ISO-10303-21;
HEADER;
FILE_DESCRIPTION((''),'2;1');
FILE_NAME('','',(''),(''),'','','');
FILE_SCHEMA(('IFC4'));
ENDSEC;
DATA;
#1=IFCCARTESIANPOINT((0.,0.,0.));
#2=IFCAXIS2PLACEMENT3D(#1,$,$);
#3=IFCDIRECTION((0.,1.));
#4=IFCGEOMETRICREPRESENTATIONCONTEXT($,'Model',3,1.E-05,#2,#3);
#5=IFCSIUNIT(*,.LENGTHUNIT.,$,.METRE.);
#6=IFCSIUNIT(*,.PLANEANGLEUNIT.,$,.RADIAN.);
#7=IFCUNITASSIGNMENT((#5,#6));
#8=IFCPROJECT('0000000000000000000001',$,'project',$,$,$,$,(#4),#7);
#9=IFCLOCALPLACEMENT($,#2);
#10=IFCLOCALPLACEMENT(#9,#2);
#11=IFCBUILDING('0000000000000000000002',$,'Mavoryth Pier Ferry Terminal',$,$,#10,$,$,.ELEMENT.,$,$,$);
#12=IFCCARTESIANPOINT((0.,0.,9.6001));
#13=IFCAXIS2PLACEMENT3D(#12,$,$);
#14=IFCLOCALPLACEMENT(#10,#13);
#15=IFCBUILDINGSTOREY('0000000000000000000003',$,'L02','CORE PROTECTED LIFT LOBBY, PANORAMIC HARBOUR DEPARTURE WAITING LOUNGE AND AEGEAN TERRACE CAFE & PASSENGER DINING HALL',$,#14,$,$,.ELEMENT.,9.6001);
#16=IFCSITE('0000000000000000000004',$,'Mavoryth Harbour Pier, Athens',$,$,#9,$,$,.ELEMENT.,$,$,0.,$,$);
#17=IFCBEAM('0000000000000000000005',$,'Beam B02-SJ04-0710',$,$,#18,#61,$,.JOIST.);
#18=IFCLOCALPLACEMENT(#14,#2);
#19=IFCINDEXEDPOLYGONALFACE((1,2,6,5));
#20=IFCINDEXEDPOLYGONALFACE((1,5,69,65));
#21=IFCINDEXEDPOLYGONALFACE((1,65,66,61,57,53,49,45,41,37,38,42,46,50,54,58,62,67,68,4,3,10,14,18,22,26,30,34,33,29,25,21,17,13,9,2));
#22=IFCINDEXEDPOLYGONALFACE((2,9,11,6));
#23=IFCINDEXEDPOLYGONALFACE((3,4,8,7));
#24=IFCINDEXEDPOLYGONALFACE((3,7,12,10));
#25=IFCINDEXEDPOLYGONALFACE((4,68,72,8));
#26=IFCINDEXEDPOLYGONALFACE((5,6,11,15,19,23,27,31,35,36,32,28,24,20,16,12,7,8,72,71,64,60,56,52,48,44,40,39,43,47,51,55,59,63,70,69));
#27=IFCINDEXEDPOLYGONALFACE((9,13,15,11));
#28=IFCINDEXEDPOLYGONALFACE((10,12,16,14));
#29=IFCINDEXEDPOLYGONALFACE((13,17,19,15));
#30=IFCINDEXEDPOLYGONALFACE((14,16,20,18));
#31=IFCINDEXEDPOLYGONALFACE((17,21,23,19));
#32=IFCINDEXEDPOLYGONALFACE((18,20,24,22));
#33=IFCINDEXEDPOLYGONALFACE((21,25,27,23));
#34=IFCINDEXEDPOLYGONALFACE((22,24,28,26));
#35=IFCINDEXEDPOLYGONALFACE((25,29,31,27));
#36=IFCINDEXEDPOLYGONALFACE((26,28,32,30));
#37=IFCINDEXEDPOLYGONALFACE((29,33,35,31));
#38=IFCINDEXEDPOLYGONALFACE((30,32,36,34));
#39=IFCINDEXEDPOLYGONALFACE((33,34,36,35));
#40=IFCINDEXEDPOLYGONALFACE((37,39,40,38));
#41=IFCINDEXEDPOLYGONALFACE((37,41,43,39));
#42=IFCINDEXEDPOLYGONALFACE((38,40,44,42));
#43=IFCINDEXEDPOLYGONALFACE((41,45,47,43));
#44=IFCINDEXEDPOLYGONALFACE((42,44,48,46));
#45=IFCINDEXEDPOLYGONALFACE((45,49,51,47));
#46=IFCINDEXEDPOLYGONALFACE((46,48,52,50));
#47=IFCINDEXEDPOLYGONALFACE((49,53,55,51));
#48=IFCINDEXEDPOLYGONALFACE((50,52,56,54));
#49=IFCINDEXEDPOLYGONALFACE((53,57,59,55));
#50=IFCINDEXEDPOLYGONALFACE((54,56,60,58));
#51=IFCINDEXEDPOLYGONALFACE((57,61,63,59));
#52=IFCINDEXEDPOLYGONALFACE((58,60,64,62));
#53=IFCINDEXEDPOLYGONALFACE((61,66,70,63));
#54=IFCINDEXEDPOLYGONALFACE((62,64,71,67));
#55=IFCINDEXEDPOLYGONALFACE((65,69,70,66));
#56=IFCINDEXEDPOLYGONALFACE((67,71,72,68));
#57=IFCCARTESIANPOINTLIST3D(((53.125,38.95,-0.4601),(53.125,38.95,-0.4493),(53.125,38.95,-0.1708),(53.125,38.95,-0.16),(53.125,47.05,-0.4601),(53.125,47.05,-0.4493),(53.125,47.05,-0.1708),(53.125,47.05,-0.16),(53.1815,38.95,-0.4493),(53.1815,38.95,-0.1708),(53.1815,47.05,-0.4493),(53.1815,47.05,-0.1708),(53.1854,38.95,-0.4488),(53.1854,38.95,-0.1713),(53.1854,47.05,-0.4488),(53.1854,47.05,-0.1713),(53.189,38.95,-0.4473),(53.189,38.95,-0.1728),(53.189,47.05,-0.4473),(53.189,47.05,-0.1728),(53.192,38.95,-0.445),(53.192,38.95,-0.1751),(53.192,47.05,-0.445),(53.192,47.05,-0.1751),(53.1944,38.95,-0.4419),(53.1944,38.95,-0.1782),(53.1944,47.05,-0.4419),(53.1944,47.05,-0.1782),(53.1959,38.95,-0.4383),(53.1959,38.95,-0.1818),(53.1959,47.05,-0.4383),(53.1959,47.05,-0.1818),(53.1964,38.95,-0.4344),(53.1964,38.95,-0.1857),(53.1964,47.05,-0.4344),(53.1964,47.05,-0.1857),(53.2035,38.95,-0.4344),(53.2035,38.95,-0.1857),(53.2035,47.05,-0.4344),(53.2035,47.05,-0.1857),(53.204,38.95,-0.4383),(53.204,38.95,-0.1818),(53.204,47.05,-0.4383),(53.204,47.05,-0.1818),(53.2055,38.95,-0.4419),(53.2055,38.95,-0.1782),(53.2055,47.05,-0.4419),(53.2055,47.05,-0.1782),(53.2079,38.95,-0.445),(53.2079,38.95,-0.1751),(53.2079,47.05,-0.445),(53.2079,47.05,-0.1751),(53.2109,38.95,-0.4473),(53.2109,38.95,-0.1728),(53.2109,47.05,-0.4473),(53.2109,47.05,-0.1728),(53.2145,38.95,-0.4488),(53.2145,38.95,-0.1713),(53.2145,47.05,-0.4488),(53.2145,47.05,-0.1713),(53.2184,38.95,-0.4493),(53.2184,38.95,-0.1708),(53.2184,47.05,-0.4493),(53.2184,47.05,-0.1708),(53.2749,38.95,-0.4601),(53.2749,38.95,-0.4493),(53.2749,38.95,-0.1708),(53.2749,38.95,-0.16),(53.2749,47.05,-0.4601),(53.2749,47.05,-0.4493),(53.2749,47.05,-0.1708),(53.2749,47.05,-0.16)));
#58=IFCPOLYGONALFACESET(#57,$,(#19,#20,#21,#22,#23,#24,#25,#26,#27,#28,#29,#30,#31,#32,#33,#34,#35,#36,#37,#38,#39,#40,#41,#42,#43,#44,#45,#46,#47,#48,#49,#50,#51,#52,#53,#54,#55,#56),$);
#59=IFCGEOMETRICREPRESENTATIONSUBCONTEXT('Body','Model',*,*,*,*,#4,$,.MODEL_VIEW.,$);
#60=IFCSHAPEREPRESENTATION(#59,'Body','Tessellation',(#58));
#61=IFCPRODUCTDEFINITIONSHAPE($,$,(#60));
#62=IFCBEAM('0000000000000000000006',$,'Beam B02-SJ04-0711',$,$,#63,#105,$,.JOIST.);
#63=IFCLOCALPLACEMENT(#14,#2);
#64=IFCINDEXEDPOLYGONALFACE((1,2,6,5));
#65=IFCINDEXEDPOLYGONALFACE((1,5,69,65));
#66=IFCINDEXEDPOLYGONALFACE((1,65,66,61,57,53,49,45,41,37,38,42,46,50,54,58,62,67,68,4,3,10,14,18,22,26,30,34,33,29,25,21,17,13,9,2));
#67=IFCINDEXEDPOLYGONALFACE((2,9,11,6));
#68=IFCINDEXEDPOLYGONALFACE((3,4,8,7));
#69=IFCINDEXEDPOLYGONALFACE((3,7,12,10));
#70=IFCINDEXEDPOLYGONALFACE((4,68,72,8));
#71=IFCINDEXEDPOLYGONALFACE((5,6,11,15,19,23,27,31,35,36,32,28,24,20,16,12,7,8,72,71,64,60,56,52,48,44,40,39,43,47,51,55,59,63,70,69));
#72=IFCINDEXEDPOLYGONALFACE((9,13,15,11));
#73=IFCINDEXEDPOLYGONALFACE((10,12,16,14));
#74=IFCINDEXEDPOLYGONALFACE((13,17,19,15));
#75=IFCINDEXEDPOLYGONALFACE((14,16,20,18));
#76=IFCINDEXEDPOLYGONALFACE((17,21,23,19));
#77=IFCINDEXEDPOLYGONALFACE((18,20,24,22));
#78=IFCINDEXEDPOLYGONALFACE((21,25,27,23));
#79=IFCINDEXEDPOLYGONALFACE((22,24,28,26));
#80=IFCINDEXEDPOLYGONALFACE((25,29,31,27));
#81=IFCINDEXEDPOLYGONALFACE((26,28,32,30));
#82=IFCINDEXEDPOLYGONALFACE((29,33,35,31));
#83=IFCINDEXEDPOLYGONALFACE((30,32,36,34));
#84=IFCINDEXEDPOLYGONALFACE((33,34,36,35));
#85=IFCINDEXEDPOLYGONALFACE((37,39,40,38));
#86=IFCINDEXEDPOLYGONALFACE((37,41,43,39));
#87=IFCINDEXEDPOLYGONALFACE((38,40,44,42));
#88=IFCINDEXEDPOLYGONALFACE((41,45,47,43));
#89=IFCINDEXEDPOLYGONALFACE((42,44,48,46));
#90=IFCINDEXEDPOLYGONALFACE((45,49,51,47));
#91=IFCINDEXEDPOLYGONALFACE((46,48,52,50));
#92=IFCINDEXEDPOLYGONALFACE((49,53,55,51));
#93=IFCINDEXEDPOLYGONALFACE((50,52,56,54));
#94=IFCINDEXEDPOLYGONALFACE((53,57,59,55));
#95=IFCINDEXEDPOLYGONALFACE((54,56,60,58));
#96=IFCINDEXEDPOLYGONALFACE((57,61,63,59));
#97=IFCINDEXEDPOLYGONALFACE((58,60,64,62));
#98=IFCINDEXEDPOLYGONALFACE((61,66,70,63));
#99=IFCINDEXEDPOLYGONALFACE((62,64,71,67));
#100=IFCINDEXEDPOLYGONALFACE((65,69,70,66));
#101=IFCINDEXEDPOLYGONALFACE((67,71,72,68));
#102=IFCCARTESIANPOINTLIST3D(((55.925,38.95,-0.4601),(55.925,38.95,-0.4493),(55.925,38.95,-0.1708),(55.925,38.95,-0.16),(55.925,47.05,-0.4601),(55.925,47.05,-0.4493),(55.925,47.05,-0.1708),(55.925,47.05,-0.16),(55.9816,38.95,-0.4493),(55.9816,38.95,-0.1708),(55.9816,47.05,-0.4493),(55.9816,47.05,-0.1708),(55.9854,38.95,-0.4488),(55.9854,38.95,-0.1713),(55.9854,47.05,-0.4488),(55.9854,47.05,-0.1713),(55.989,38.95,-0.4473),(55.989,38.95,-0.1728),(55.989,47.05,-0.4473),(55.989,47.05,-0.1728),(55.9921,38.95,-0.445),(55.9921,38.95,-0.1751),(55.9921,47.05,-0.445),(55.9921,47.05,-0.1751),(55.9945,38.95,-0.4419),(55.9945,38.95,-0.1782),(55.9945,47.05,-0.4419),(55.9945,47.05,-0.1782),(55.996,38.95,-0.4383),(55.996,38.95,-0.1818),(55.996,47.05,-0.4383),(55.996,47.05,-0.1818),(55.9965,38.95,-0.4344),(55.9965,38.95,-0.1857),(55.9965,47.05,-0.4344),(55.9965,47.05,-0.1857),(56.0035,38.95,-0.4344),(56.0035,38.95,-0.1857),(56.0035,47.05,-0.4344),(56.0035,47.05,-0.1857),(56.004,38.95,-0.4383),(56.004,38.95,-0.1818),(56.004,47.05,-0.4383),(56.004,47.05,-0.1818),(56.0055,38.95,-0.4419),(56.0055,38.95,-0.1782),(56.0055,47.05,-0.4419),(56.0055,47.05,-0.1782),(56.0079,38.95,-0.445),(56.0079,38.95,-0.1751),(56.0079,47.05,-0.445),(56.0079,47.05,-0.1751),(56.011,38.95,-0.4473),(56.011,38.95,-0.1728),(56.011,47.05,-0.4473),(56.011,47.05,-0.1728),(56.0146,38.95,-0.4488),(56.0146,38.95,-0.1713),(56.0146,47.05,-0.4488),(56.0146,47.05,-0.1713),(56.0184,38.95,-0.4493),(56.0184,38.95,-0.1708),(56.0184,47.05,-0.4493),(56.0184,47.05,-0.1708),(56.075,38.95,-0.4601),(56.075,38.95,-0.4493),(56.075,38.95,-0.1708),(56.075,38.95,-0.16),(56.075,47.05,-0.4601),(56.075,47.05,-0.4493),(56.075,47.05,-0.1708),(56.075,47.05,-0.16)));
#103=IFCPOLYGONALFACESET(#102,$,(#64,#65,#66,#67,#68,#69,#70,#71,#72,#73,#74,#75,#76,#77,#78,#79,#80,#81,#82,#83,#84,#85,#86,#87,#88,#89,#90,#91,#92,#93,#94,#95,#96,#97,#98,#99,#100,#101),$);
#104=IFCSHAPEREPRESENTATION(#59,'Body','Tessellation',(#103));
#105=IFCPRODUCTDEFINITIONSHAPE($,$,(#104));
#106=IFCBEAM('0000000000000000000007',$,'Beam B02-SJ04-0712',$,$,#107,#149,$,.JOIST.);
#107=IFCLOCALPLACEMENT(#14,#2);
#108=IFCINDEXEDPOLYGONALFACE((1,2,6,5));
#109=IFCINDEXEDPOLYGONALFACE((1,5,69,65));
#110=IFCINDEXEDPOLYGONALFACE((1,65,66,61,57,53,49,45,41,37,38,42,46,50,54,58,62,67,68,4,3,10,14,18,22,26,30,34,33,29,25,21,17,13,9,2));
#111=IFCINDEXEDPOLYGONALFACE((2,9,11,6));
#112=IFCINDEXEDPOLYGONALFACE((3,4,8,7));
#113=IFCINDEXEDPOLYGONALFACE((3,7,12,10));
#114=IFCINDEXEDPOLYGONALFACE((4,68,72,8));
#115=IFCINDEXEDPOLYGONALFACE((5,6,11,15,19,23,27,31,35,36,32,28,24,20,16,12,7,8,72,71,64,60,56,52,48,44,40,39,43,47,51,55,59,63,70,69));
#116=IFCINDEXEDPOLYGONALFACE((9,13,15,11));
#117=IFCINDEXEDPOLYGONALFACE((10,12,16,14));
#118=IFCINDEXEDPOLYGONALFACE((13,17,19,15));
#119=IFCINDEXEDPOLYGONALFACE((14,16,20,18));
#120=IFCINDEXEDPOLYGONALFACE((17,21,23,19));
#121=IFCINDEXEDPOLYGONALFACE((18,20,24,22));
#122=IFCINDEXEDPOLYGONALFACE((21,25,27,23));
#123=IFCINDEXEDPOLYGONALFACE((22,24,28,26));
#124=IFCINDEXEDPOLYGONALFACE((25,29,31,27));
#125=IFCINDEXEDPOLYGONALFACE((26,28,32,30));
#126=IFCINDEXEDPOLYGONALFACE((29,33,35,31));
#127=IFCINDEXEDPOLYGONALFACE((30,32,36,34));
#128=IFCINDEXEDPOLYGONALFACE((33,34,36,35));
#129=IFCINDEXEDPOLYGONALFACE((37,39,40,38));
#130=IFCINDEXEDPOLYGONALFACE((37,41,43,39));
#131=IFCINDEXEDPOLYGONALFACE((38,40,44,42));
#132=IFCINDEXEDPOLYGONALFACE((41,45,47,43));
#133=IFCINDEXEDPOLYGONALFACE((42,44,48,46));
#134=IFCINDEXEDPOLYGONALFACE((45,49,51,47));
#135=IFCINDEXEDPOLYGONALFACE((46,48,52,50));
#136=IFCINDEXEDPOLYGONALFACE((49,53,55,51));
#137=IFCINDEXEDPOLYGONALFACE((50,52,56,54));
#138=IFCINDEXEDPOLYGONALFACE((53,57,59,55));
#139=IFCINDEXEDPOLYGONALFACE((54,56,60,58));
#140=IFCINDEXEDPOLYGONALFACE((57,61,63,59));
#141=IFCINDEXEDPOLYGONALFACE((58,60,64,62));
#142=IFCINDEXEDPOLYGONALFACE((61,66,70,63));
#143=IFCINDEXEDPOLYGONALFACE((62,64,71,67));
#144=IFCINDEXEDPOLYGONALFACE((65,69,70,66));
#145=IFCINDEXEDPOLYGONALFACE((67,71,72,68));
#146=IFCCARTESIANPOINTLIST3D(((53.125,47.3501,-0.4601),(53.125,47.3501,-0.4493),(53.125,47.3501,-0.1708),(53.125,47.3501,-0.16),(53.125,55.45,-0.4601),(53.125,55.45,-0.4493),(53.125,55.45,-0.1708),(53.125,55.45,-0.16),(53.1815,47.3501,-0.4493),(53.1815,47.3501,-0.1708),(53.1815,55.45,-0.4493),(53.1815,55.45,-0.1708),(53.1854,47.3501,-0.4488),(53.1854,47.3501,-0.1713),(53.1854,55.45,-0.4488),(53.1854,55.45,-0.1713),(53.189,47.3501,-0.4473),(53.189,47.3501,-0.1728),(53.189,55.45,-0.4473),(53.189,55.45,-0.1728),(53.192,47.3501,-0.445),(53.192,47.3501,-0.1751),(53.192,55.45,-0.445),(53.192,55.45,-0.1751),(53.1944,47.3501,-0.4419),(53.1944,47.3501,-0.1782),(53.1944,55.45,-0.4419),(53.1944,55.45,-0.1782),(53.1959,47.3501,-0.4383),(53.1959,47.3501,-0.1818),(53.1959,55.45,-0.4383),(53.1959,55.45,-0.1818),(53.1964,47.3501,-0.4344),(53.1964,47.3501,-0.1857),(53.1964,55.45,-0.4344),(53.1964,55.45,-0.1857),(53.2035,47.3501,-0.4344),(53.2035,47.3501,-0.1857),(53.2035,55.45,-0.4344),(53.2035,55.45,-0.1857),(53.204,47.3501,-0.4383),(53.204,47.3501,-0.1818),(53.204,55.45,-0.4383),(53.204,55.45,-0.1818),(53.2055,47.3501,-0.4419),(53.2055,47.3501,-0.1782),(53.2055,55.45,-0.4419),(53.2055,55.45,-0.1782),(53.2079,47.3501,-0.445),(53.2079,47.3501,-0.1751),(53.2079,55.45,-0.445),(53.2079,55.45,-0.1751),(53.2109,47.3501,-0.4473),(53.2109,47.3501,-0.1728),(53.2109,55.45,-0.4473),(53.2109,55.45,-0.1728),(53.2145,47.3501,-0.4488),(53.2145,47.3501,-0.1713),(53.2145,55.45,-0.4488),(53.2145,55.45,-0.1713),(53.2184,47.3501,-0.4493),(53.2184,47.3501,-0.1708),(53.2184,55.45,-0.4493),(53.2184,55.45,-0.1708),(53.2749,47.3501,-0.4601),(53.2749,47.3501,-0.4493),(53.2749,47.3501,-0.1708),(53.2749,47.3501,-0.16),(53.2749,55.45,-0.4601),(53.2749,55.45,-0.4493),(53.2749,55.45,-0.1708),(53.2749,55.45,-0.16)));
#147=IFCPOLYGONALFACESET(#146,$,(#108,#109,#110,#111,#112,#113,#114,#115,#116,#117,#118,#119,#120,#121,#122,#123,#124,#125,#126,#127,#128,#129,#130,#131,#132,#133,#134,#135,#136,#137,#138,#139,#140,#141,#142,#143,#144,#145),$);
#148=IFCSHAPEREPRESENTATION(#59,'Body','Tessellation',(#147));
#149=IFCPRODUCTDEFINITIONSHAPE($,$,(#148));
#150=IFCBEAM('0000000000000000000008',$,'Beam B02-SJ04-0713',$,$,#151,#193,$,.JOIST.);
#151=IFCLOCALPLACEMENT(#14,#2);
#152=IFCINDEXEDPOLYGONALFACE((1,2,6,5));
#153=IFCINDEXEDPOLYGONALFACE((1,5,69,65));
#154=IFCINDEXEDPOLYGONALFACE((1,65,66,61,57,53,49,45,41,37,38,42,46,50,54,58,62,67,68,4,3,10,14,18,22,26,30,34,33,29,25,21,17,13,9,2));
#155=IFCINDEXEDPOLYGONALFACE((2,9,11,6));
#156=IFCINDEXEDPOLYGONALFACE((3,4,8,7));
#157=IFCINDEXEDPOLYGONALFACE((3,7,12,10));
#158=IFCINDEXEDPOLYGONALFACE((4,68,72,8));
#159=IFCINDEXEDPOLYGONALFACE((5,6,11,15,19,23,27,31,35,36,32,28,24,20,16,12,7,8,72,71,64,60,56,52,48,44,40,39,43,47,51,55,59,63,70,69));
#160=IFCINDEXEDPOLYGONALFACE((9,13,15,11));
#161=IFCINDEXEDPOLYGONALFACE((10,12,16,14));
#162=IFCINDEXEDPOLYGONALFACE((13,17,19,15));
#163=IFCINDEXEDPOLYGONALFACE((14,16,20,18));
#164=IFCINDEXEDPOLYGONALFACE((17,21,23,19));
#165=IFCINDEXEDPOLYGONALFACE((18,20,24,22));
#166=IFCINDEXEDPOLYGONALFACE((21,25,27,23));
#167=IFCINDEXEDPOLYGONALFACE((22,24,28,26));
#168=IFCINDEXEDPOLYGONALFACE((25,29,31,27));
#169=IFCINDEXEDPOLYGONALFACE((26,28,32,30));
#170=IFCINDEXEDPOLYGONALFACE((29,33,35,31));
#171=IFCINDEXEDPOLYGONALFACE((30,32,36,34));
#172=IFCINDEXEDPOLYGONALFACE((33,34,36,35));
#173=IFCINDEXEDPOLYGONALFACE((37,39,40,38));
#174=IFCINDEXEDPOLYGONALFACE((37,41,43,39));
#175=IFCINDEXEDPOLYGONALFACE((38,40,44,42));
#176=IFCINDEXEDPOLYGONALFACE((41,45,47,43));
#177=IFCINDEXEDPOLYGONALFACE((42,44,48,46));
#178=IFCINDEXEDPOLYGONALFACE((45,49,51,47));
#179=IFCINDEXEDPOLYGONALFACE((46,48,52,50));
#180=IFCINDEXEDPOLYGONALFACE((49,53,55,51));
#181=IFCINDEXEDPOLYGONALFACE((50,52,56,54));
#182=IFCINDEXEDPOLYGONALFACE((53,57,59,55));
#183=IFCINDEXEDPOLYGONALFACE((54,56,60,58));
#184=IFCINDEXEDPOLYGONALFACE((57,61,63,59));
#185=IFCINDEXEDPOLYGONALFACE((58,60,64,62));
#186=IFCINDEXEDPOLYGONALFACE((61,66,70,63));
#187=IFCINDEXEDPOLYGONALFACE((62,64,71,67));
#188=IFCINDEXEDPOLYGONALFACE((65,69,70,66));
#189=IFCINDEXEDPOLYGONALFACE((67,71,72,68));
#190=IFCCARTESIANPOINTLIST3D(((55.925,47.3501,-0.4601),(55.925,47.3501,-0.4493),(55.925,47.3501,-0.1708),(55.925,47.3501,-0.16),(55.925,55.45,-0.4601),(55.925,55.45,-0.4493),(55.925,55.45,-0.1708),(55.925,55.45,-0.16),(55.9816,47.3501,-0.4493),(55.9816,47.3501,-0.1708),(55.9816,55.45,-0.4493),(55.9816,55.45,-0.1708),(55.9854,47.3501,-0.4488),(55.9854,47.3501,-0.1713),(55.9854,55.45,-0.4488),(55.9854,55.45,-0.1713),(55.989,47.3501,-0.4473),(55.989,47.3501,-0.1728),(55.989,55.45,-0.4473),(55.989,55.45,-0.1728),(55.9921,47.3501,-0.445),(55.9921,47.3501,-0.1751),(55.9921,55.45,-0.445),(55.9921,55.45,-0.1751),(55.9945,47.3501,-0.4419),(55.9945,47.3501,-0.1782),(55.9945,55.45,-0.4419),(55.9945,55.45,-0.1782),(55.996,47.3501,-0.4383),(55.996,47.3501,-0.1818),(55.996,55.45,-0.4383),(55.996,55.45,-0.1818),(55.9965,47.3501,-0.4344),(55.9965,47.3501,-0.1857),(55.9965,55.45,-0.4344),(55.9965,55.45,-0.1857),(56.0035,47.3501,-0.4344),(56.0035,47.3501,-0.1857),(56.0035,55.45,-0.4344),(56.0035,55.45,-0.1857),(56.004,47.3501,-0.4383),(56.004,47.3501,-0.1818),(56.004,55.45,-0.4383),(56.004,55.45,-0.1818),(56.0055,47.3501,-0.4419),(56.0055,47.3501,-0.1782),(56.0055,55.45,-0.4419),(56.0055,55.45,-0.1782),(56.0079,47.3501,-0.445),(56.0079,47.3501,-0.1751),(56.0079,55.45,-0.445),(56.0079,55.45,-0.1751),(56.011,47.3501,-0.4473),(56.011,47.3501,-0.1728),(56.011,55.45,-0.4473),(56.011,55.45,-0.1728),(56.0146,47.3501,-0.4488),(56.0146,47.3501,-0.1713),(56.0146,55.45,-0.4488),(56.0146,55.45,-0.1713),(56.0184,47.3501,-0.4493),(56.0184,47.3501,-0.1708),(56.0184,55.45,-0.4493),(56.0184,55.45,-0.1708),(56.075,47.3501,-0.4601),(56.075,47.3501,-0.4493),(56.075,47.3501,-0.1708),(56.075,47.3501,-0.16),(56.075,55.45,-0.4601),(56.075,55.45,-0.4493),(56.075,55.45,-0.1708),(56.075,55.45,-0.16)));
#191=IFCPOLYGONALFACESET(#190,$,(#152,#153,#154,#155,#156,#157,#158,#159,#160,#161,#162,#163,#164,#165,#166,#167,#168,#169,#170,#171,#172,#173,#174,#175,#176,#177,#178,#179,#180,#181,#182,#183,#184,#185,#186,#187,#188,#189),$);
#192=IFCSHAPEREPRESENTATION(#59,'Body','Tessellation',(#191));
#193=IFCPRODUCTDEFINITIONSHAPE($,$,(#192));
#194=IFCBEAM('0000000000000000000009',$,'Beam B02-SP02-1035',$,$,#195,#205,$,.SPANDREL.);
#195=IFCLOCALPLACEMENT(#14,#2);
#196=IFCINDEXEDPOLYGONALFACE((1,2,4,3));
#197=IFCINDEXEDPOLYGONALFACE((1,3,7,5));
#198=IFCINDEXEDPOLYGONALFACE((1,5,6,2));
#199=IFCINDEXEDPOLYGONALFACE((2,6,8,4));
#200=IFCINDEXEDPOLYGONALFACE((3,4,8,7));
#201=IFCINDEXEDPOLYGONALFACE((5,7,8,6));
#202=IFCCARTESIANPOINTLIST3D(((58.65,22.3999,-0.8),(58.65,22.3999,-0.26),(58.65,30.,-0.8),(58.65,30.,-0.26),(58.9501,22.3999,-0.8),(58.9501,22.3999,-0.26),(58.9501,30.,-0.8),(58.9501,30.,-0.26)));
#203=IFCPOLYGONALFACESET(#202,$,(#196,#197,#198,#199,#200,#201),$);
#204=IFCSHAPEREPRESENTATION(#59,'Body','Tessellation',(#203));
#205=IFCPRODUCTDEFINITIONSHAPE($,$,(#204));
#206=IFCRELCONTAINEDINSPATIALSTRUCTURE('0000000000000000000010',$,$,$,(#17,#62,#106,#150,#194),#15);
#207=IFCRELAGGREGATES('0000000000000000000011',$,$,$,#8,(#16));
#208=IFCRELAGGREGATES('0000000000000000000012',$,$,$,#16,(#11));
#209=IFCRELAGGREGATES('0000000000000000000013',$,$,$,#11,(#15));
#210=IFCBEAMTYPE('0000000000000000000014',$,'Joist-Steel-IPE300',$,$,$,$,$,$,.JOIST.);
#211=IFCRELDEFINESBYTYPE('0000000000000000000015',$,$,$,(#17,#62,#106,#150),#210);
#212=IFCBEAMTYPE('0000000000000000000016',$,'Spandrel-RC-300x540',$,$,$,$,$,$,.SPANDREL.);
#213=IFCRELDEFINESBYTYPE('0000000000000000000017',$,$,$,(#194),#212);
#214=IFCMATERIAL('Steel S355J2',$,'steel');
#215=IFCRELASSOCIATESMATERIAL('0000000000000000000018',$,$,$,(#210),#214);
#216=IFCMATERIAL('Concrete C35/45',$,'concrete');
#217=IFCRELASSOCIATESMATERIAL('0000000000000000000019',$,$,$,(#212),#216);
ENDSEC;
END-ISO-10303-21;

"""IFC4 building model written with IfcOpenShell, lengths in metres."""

from ifc_helpers import new_model, si_unit, direction, frame, origin, origin_2d, place, context, subcontext, project, spatial, rectangle, i_section, extrude, material, material_profile, profile_set, type_object, element, save


model = new_model("IFC4")

# Units and contexts
model_context = context("Model", 3, precision=1e-05, world=origin(), true_north=direction((0.0, 1.0)))
body_context = subcontext(model_context, "Body", "Model", "MODEL_VIEW")
ifc_project = project(units=[si_unit("LENGTHUNIT", "METRE"), si_unit("PLANEANGLEUNIT", "RADIAN")], contexts=[model_context])

# Site, building, storey
site_placement = place(None, origin())
site = spatial("IfcSite", under=ifc_project, at=site_placement, Name="Mavoryth Harbour Pier, Athens", CompositionType="ELEMENT", RefElevation=0.0)
building_placement = place(site_placement, origin())
building = spatial("IfcBuilding", under=site, at=building_placement, Name="Mavoryth Pier Ferry Terminal", CompositionType="ELEMENT")
storey_placement = place(building_placement, frame((0.0, 0.0, 9.6001)))
storey = spatial("IfcBuildingStorey", under=building, at=storey_placement, Name="L02", Description="CORE PROTECTED LIFT LOBBY, PANORAMIC HARBOUR DEPARTURE WAITING LOUNGE AND AEGEAN TERRACE CAFE & PASSENGER DINING HALL", CompositionType="ELEMENT", Elevation=9.6001)

# Beams
ifc_material_1 = material(Name="Steel S355J2", Category="steel")
ifc_material_2 = material(Name="Concrete C35/45", Category="concrete")
ifc_material_profile_1 = material_profile(ifc_material_1, i_section(OverallWidth=0.1499, OverallDepth=0.3, WebThickness=0.0071, FlangeThickness=0.0107, FilletRadius=0.0149, at=origin_2d()), Name="IPE 300", Category="steel")
ifc_profile_set_1 = profile_set([ifc_material_profile_1], Name="Steel S355J2 - IPE 300")
beam_type_1 = type_object("IfcBeamType", Name="Joist-Steel-IPE300", PredefinedType="JOIST", material=ifc_profile_set_1)
for number, where, z_axis, x_axis, name in (
    (1, (53.2, 38.95, -0.3101), (0.0, 1.0, 0.0), (-1.0, 0.0, 0.0), "Beam B02-SJ04-0710"),
    (2, (56.0, 38.95, -0.3101), (0.0, 1.0, 0.0), (-1.0, 0.0, 0.0), "Beam B02-SJ04-0711"),
):
    element("IfcBeam", number, at=place(storey_placement, frame(where, z_axis=z_axis, x_axis=x_axis)), inside=storey, type_object=beam_type_1, Name=name, PredefinedType="JOIST", context=body_context, shape_type="SweptSolid", body=[
        extrude(i_section(OverallWidth=0.1499, OverallDepth=0.3, WebThickness=0.0071, FlangeThickness=0.0107, FilletRadius=0.0149, at=origin_2d()), origin(), (0.0, 0.0, 1.0), 8.1001),
    ])
for number, where, z_axis, x_axis, name in (
    (3, (53.2, 47.3501, -0.3101), (0.0, 1.0, 0.0), (-1.0, 0.0, 0.0), "Beam B02-SJ04-0712"),
    (4, (56.0, 47.3501, -0.3101), (0.0, 1.0, 0.0), (-1.0, 0.0, 0.0), "Beam B02-SJ04-0713"),
):
    element("IfcBeam", number, at=place(storey_placement, frame(where, z_axis=z_axis, x_axis=x_axis)), inside=storey, type_object=beam_type_1, Name=name, PredefinedType="JOIST", context=body_context, shape_type="SweptSolid", body=[
        extrude(i_section(OverallWidth=0.1499, OverallDepth=0.3, WebThickness=0.0071, FlangeThickness=0.0107, FilletRadius=0.0149, at=origin_2d()), origin(), (0.0, 0.0, 1.0), 8.0999),
    ])
ifc_material_profile_2 = material_profile(ifc_material_2, rectangle(XDim=0.3, YDim=0.54, at=origin_2d()), Name="RC 300x540", Category="concrete")
ifc_profile_set_2 = profile_set([ifc_material_profile_2], Name="Concrete C35/45 - RC 300x540")
beam_type_2 = type_object("IfcBeamType", Name="Spandrel-RC-300x540", PredefinedType="SPANDREL", material=ifc_profile_set_2)
beam_1_placement = place(storey_placement, frame((58.8, 22.3999, -0.53), z_axis=(0.0, 1.0, 0.0), x_axis=(-1.0, 0.0, 0.0)))
element("IfcBeam", 5, at=beam_1_placement, inside=storey, type_object=beam_type_2, Name="Beam B02-SP02-1035", PredefinedType="SPANDREL", context=body_context, shape_type="SweptSolid", body=[
    extrude(rectangle(XDim=0.3, YDim=0.54, at=origin_2d()), origin(), (0.0, 0.0, 1.0), 7.6001),
])

save(model, "model.ifc")
